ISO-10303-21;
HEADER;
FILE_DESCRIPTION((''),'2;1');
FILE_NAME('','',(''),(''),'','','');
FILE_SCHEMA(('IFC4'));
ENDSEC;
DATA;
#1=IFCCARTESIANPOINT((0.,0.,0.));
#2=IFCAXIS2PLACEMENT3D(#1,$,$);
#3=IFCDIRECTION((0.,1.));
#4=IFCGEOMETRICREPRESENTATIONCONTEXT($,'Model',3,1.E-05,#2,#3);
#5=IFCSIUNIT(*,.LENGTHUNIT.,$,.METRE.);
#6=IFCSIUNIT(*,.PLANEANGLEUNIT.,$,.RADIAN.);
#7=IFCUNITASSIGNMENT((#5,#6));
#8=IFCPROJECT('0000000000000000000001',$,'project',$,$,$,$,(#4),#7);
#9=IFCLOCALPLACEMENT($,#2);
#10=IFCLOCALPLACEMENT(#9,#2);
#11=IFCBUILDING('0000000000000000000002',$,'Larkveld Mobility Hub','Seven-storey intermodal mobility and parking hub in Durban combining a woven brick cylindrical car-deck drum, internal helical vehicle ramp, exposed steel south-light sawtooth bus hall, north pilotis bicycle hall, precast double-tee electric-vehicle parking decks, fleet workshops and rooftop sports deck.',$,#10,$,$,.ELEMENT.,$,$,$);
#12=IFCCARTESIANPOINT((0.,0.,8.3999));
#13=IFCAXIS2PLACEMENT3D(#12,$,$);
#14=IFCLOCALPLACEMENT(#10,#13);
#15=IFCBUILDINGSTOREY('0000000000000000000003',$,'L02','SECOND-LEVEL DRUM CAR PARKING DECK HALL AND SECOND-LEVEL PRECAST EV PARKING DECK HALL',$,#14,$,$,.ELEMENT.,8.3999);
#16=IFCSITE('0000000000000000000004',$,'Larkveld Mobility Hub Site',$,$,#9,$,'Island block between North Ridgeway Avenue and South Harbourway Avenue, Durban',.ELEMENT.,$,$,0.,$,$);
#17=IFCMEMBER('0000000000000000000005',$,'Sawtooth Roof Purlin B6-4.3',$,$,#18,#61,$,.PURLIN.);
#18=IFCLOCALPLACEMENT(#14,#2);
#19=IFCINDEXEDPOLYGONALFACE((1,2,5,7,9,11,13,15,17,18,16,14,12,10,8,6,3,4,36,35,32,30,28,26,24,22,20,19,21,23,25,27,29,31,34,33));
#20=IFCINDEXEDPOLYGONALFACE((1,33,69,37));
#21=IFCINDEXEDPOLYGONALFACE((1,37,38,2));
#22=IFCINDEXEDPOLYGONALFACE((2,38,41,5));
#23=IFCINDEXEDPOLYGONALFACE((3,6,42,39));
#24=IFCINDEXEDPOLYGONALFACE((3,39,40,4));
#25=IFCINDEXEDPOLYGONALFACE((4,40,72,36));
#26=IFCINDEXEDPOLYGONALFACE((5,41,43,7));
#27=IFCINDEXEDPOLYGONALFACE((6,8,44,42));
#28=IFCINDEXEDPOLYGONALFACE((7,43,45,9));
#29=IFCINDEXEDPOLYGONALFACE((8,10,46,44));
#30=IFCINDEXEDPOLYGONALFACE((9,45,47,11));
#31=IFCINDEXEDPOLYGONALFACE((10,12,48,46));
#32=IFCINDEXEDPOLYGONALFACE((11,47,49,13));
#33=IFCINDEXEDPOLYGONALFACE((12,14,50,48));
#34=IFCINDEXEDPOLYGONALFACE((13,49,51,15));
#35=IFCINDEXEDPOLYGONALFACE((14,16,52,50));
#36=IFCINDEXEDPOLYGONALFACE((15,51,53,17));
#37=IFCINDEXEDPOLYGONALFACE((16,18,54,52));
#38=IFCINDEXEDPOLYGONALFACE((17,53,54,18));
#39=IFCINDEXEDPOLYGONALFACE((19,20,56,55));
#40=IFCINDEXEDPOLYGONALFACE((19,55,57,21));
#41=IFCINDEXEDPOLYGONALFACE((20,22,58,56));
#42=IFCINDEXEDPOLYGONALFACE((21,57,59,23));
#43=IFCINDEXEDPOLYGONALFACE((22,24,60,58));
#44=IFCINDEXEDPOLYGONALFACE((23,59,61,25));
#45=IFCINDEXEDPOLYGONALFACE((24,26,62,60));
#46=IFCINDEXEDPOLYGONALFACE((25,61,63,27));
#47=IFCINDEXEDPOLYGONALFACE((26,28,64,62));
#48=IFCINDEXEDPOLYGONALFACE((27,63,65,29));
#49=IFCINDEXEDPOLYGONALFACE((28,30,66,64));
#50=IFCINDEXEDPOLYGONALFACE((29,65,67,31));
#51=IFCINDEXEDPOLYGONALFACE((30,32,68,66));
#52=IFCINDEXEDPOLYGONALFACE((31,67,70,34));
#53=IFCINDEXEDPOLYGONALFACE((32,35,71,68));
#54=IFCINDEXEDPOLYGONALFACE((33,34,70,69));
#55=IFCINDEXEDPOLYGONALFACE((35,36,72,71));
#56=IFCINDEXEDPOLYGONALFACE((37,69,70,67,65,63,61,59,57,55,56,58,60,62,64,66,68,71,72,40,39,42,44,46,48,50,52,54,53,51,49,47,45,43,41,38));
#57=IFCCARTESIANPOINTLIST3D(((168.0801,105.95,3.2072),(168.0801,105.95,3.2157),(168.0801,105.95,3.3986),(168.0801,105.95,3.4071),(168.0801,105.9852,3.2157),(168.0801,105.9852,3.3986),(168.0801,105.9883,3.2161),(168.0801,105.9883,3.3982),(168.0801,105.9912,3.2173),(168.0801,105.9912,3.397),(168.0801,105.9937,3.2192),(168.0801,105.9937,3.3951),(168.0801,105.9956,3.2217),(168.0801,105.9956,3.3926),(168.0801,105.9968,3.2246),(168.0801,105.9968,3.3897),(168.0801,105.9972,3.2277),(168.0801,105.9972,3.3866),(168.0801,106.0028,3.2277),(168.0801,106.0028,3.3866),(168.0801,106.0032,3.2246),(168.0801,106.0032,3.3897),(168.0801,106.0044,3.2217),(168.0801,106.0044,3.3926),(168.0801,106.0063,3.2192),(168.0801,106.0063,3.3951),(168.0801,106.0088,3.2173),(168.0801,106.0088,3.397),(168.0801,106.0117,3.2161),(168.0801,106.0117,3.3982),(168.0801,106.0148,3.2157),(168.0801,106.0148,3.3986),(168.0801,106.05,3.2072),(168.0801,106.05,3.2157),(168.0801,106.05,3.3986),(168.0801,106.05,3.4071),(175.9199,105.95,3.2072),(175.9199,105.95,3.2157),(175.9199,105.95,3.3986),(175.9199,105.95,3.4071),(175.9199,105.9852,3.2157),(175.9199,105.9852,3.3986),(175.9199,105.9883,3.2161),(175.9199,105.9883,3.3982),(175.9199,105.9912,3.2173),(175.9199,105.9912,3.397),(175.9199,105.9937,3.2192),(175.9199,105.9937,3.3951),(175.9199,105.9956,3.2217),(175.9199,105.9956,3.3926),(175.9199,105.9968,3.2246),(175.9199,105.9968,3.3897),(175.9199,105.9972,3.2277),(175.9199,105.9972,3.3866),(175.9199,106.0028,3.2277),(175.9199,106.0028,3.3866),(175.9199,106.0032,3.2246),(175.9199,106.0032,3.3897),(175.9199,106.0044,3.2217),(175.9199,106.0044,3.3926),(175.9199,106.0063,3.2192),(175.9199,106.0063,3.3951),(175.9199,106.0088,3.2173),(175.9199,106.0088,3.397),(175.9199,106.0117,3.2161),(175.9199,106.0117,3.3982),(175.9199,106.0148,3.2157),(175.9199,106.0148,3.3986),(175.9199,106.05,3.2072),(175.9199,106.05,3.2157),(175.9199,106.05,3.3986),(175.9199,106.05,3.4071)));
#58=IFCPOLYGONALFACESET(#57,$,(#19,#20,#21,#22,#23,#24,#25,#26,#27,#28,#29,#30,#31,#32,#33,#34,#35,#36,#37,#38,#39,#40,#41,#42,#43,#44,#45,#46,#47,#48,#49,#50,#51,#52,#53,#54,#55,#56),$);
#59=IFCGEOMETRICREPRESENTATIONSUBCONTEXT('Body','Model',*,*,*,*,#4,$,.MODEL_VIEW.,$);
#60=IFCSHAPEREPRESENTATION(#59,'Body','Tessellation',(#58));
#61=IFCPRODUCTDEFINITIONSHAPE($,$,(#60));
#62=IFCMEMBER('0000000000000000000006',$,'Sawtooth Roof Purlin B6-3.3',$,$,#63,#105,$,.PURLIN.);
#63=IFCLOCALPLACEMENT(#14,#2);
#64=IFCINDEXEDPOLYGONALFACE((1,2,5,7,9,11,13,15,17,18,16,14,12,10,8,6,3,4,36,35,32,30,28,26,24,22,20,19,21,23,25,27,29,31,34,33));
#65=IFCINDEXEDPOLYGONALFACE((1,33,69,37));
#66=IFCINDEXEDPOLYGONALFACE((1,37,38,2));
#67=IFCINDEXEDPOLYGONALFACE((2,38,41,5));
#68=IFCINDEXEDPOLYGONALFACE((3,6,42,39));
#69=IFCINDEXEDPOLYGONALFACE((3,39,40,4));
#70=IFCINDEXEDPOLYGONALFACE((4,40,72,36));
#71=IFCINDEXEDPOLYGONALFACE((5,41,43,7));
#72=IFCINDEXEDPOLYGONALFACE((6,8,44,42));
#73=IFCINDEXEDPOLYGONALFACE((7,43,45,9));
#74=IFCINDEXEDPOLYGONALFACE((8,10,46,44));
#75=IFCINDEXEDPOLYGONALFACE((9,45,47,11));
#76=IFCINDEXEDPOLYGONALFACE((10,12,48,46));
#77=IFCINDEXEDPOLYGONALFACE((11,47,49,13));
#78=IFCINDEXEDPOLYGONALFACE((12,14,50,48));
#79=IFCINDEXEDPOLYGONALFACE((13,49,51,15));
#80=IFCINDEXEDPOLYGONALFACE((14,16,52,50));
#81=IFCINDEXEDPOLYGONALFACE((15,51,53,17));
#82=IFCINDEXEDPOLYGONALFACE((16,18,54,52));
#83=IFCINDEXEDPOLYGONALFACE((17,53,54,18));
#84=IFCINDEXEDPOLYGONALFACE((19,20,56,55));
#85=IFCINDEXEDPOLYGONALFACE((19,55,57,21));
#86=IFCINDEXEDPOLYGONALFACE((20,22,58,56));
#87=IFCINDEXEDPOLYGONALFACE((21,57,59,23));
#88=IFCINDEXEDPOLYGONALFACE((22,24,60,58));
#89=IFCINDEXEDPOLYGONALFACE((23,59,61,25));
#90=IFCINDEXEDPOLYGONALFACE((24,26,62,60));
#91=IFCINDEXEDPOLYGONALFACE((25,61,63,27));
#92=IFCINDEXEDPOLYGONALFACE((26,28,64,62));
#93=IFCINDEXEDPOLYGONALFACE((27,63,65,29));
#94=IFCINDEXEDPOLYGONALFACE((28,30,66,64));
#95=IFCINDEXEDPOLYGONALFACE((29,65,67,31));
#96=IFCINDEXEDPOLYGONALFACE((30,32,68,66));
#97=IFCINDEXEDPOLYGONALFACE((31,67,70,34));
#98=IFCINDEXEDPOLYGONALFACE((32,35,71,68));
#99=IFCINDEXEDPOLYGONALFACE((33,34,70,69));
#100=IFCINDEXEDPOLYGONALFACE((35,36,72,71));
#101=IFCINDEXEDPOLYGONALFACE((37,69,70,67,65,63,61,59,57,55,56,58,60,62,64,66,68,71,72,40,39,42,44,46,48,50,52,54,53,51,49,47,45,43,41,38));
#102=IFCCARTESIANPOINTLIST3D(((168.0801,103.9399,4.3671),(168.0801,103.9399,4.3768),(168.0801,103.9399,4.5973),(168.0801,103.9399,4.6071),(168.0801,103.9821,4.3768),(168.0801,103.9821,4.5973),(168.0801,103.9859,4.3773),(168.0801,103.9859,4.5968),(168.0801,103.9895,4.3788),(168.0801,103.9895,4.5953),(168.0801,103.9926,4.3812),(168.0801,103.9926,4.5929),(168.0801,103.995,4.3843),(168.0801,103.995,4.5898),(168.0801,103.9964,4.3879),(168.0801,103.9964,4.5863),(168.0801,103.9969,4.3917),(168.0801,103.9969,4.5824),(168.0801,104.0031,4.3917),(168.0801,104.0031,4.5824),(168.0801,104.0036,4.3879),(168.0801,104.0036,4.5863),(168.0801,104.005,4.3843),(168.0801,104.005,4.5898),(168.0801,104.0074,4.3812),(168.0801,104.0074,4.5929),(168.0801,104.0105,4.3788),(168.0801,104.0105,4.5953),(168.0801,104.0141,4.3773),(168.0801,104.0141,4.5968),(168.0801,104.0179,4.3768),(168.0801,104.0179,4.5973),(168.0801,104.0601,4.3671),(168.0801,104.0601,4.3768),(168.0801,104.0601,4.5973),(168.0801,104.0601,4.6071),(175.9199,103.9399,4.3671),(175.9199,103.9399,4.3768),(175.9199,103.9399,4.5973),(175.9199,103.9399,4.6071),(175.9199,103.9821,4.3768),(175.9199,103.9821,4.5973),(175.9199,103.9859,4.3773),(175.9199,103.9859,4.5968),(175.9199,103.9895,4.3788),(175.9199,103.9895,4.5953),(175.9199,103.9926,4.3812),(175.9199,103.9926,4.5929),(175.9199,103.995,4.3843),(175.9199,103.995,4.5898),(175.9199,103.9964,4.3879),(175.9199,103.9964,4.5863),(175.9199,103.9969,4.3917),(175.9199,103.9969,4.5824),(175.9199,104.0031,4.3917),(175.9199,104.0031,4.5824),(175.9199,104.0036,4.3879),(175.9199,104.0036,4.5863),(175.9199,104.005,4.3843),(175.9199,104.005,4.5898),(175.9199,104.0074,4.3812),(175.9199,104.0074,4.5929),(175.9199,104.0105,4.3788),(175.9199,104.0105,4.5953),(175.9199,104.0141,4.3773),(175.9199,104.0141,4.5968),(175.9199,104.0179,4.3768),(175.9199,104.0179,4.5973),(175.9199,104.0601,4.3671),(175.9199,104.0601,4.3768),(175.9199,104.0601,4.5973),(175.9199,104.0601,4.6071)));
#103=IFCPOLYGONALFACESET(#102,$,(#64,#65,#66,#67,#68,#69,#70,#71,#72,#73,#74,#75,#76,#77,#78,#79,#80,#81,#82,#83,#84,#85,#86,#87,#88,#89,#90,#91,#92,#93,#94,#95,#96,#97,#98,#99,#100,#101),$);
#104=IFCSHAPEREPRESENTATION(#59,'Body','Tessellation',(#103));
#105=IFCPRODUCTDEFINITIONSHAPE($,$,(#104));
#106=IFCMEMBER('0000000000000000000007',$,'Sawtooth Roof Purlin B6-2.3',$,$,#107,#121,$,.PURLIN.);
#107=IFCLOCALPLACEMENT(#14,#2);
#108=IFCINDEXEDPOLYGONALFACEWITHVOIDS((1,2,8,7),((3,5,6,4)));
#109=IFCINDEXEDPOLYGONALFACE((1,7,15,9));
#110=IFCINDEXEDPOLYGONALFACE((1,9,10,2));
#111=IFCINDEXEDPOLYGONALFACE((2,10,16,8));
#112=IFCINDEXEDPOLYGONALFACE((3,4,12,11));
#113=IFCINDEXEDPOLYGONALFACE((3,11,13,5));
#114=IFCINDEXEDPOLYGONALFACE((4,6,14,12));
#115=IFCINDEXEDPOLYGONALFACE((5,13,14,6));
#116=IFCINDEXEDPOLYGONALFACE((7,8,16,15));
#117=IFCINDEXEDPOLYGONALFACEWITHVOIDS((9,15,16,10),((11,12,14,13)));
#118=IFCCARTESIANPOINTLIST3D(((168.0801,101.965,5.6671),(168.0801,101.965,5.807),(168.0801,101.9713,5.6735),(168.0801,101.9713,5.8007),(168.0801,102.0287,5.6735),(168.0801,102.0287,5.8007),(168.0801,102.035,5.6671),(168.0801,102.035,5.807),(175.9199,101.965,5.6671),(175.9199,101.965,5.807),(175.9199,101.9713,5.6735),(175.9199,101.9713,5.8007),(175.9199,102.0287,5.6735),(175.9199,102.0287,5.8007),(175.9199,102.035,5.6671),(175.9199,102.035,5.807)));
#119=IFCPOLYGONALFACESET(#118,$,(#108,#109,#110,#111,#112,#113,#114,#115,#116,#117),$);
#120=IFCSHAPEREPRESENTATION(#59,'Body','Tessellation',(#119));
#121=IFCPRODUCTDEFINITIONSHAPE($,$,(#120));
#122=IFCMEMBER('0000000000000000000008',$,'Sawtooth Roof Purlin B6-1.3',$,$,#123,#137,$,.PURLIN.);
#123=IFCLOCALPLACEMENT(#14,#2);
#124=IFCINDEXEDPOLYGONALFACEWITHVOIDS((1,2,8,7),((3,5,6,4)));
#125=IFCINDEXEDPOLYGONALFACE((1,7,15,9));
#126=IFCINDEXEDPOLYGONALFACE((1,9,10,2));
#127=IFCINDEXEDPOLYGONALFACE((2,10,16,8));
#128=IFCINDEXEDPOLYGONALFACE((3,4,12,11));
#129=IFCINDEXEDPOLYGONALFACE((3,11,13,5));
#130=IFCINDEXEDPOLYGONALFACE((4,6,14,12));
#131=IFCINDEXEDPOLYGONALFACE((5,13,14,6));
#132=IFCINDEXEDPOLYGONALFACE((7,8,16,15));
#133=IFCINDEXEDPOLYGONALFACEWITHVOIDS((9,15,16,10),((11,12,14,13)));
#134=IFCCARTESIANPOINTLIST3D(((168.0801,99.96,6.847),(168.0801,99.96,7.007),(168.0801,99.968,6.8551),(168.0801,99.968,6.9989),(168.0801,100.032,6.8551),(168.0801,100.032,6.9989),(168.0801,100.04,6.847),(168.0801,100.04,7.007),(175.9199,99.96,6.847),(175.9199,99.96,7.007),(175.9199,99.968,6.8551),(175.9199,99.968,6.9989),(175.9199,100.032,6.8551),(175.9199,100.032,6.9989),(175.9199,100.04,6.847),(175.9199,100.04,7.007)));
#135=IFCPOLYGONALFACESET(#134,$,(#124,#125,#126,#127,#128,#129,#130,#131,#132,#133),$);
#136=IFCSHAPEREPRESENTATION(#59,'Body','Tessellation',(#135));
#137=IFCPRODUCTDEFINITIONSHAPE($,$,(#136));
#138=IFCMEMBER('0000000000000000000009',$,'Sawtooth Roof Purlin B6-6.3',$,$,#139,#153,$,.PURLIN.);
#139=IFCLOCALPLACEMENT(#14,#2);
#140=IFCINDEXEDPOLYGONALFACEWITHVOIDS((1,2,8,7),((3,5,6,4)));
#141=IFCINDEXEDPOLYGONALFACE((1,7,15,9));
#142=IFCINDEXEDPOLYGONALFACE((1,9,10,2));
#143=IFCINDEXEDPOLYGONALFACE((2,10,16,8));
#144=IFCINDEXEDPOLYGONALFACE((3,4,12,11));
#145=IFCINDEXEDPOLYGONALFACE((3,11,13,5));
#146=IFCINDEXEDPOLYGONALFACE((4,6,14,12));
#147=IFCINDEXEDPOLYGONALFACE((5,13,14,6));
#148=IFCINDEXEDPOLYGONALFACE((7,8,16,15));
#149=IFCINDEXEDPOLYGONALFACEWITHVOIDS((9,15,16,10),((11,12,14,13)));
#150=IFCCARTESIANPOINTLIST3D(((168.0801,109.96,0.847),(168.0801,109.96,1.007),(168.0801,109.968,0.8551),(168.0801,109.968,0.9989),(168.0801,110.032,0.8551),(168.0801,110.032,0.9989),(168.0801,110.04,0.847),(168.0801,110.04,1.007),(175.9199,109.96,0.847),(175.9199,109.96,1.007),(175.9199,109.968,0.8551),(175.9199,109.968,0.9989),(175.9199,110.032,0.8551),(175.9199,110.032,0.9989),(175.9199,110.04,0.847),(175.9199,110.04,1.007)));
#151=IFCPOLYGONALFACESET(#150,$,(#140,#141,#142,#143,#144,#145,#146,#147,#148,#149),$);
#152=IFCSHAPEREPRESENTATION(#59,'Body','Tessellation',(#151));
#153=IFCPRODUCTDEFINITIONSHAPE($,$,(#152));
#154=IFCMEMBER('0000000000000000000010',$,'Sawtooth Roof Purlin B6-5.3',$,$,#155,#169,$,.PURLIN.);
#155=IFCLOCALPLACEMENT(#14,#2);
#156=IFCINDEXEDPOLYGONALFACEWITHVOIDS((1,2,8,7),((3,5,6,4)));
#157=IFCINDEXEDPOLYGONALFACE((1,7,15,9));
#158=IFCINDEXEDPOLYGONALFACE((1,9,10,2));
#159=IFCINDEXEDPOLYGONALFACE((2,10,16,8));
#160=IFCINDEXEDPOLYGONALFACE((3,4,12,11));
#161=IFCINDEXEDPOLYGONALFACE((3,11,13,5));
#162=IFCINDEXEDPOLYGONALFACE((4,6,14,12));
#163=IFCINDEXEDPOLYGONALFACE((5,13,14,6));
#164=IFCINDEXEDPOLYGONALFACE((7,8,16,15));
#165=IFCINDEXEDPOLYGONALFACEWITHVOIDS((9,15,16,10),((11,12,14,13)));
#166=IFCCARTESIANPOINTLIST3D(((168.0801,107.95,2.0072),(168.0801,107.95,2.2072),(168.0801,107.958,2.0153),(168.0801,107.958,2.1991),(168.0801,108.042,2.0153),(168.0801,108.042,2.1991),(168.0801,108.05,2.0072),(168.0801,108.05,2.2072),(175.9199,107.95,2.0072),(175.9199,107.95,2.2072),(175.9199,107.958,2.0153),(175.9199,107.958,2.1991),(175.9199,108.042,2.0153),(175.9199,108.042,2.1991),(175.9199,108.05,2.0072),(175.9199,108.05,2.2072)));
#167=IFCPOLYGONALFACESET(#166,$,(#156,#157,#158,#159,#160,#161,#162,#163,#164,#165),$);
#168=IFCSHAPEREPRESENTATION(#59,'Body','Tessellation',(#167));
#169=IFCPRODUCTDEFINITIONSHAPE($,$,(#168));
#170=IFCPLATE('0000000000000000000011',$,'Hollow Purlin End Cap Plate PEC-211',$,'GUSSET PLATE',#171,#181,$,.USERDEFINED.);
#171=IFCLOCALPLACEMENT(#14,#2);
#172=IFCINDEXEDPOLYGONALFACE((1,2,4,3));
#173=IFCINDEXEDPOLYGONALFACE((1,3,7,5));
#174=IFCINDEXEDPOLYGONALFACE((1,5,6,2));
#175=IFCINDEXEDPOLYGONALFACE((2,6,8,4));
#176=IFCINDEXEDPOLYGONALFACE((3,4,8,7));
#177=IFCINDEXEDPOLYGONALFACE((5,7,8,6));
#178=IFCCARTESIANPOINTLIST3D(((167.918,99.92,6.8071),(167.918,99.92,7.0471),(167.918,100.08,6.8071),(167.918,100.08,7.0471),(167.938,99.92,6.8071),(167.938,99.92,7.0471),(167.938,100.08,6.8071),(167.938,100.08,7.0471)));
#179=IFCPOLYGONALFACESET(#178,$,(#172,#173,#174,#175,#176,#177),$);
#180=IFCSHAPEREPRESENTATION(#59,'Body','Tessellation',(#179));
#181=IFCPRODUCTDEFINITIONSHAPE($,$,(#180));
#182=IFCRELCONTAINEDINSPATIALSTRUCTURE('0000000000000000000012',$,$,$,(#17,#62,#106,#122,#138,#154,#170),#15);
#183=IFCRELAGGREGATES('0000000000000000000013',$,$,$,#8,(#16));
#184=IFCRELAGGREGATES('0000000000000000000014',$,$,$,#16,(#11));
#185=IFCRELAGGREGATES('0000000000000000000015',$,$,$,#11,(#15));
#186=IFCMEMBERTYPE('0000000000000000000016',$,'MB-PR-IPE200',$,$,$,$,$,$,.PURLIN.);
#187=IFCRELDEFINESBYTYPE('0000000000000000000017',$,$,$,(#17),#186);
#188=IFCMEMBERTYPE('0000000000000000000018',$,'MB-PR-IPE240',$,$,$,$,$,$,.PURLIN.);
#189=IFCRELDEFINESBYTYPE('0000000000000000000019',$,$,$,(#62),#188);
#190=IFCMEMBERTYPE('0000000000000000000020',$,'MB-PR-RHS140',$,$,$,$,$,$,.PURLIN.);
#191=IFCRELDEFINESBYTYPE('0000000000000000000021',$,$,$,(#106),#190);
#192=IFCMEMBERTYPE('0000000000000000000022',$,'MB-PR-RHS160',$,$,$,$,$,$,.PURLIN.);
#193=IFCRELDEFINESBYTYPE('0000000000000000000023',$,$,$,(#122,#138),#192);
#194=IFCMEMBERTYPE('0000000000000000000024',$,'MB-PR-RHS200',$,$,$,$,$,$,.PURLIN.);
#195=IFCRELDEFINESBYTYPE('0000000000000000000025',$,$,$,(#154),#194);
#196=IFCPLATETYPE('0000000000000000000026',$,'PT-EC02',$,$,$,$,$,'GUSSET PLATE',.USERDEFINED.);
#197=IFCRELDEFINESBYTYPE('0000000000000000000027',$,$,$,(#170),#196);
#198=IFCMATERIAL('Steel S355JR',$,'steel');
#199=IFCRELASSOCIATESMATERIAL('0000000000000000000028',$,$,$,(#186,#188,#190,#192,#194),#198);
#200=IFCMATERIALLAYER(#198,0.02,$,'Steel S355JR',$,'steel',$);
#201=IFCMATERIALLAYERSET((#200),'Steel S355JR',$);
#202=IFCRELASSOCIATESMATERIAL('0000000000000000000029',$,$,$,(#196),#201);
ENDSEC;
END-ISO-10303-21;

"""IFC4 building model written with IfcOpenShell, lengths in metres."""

from ifc_helpers import new_model, si_unit, direction, frame, origin, origin_2d, place, context, subcontext, project, spatial, rectangle, hollow_rectangle, i_section, extrude, material, layer, layer_set, material_profile, profile_set, type_object, element, save


model = new_model("IFC4")

# Units and contexts
model_context = context("Model", 3, precision=1e-05, world=origin(), true_north=direction((0.0, 1.0)))
body_context = subcontext(model_context, "Body", "Model", "MODEL_VIEW")
ifc_project = project(units=[si_unit("LENGTHUNIT", "METRE"), si_unit("PLANEANGLEUNIT", "RADIAN")], contexts=[model_context])

# Site, building, storey
site_placement = place(None, origin())
site = spatial("IfcSite", under=ifc_project, at=site_placement, Name="Larkveld Mobility Hub Site", LongName="Island block between North Ridgeway Avenue and South Harbourway Avenue, Durban", CompositionType="ELEMENT", RefElevation=0.0)
building_placement = place(site_placement, origin())
building = spatial("IfcBuilding", under=site, at=building_placement, Name="Larkveld Mobility Hub", Description="Seven-storey intermodal mobility and parking hub in Durban combining a woven brick cylindrical car-deck drum, internal helical vehicle ramp, exposed steel south-light sawtooth bus hall, north pilotis bicycle hall, precast double-tee electric-vehicle parking decks, fleet workshops and rooftop sports deck.", CompositionType="ELEMENT")
storey_placement = place(building_placement, frame((0.0, 0.0, 8.3999)))
storey = spatial("IfcBuildingStorey", under=building, at=storey_placement, Name="L02", Description="SECOND-LEVEL DRUM CAR PARKING DECK HALL AND SECOND-LEVEL PRECAST EV PARKING DECK HALL", CompositionType="ELEMENT", Elevation=8.3999)

# Members
ifc_material_1 = material(Name="Steel S355JR", Category="steel")
ifc_material_profile_1 = material_profile(ifc_material_1, i_section(OverallWidth=0.1001, OverallDepth=0.2, WebThickness=0.0056, FlangeThickness=0.0085, FilletRadius=0.012, at=origin_2d()), Name="IPE 200")
ifc_profile_set_1 = profile_set([ifc_material_profile_1], Name="Steel S355JR")
member_type_1 = type_object("IfcMemberType", Name="MB-PR-IPE200", PredefinedType="PURLIN", material=ifc_profile_set_1)
member_1_placement = place(storey_placement, frame((168.0801, 106.0, 3.3071), z_axis=(1.0, 0.0, 0.0), x_axis=(0.0, 1.0, 0.0)))
element("IfcMember", 1, at=member_1_placement, inside=storey, type_object=member_type_1, Name="Sawtooth Roof Purlin B6-4.3", PredefinedType="PURLIN", context=body_context, shape_type="SweptSolid", body=[
    extrude(i_section(OverallWidth=0.1001, OverallDepth=0.2, WebThickness=0.0056, FlangeThickness=0.0085, FilletRadius=0.012, at=origin_2d()), origin(), (0.0, 0.0, 1.0), 7.8398),
])
ifc_material_profile_2 = material_profile(ifc_material_1, i_section(OverallWidth=0.1201, OverallDepth=0.24, WebThickness=0.0061, FlangeThickness=0.0098, FilletRadius=0.0149, at=origin_2d()), Name="IPE 240")
ifc_profile_set_2 = profile_set([ifc_material_profile_2], Name="Steel S355JR")
member_type_2 = type_object("IfcMemberType", Name="MB-PR-IPE240", PredefinedType="PURLIN", material=ifc_profile_set_2)
member_2_placement = place(storey_placement, frame((168.0801, 104.0, 4.4871), z_axis=(1.0, 0.0, 0.0), x_axis=(0.0, 1.0, 0.0)))
element("IfcMember", 2, at=member_2_placement, inside=storey, type_object=member_type_2, Name="Sawtooth Roof Purlin B6-3.3", PredefinedType="PURLIN", context=body_context, shape_type="SweptSolid", body=[
    extrude(i_section(OverallWidth=0.1201, OverallDepth=0.24, WebThickness=0.0061, FlangeThickness=0.0098, FilletRadius=0.0149, at=origin_2d()), origin(), (0.0, 0.0, 1.0), 7.8398),
])
ifc_material_profile_3 = material_profile(ifc_material_1, hollow_rectangle(XDim=0.0701, YDim=0.1399, WallThickness=0.0063, at=origin_2d()), Name="RHS 140x70x6.3")
ifc_profile_set_3 = profile_set([ifc_material_profile_3], Name="Steel S355JR")
member_type_3 = type_object("IfcMemberType", Name="MB-PR-RHS140", PredefinedType="PURLIN", material=ifc_profile_set_3)
member_3_placement = place(storey_placement, frame((168.0801, 102.0, 5.7371), z_axis=(1.0, 0.0, 0.0), x_axis=(0.0, 1.0, 0.0)))
element("IfcMember", 3, at=member_3_placement, inside=storey, type_object=member_type_3, Name="Sawtooth Roof Purlin B6-2.3", PredefinedType="PURLIN", context=body_context, shape_type="SweptSolid", body=[
    extrude(hollow_rectangle(XDim=0.0701, YDim=0.1399, WallThickness=0.0063, at=origin_2d()), origin(), (0.0, 0.0, 1.0), 7.8398),
])
ifc_material_profile_4 = material_profile(ifc_material_1, hollow_rectangle(XDim=0.0801, YDim=0.1599, WallThickness=0.0081, at=origin_2d()), Name="RHS 160x80x8")
ifc_profile_set_4 = profile_set([ifc_material_profile_4], Name="Steel S355JR")
member_type_4 = type_object("IfcMemberType", Name="MB-PR-RHS160", PredefinedType="PURLIN", material=ifc_profile_set_4)
for number, where, z_axis, x_axis, name in (
    (4, (168.0801, 100.0, 6.927), (1.0, 0.0, 0.0), (0.0, 1.0, 0.0), "Sawtooth Roof Purlin B6-1.3"),
    (5, (168.0801, 110.0, 0.927), (1.0, 0.0, 0.0), (0.0, 1.0, 0.0), "Sawtooth Roof Purlin B6-6.3"),
):
    element("IfcMember", number, at=place(storey_placement, frame(where, z_axis=z_axis, x_axis=x_axis)), inside=storey, type_object=member_type_4, Name=name, PredefinedType="PURLIN", context=body_context, shape_type="SweptSolid", body=[
        extrude(hollow_rectangle(XDim=0.0801, YDim=0.1599, WallThickness=0.0081, at=origin_2d()), origin(), (0.0, 0.0, 1.0), 7.8398),
    ])
ifc_material_profile_5 = material_profile(ifc_material_1, hollow_rectangle(XDim=0.1001, YDim=0.2, WallThickness=0.0081, at=origin_2d()), Name="RHS 200x100x8")
ifc_profile_set_5 = profile_set([ifc_material_profile_5], Name="Steel S355JR")
member_type_5 = type_object("IfcMemberType", Name="MB-PR-RHS200", PredefinedType="PURLIN", material=ifc_profile_set_5)
member_4_placement = place(storey_placement, frame((168.0801, 108.0, 2.1072), z_axis=(1.0, 0.0, 0.0), x_axis=(0.0, 1.0, 0.0)))
element("IfcMember", 6, at=member_4_placement, inside=storey, type_object=member_type_5, Name="Sawtooth Roof Purlin B6-5.3", PredefinedType="PURLIN", context=body_context, shape_type="SweptSolid", body=[
    extrude(hollow_rectangle(XDim=0.1001, YDim=0.2, WallThickness=0.0081, at=origin_2d()), origin(), (0.0, 0.0, 1.0), 7.8398),
])

# Plate
ifc_layer_1 = layer(ifc_material_1, 0.02, Name="Steel S355JR", Category="steel")
ifc_layer_set_1 = layer_set([ifc_layer_1], Name="Steel S355JR")
plate_type_1 = type_object("IfcPlateType", Name="PT-EC02", ElementType="GUSSET PLATE", PredefinedType="USERDEFINED", material=ifc_layer_set_1)
for number, where, z_axis, x_axis, name in (
    (7, (167.928, 100.0, 6.8071), (0.0, 0.0, 1.0), (1.0, 0.0, 0.0), "Hollow Purlin End Cap Plate PEC-211"),
):
    element("IfcPlate", number, at=place(storey_placement, frame(where, z_axis=z_axis, x_axis=x_axis)), inside=storey, type_object=plate_type_1, Name=name, ObjectType="GUSSET PLATE", PredefinedType="USERDEFINED", context=body_context, shape_type="SweptSolid", body=[
        extrude(rectangle(XDim=0.02, YDim=0.1599, at=origin_2d()), origin(), (0.0, 0.0, 1.0), 0.24),
    ])

save(model, "model.ifc")
